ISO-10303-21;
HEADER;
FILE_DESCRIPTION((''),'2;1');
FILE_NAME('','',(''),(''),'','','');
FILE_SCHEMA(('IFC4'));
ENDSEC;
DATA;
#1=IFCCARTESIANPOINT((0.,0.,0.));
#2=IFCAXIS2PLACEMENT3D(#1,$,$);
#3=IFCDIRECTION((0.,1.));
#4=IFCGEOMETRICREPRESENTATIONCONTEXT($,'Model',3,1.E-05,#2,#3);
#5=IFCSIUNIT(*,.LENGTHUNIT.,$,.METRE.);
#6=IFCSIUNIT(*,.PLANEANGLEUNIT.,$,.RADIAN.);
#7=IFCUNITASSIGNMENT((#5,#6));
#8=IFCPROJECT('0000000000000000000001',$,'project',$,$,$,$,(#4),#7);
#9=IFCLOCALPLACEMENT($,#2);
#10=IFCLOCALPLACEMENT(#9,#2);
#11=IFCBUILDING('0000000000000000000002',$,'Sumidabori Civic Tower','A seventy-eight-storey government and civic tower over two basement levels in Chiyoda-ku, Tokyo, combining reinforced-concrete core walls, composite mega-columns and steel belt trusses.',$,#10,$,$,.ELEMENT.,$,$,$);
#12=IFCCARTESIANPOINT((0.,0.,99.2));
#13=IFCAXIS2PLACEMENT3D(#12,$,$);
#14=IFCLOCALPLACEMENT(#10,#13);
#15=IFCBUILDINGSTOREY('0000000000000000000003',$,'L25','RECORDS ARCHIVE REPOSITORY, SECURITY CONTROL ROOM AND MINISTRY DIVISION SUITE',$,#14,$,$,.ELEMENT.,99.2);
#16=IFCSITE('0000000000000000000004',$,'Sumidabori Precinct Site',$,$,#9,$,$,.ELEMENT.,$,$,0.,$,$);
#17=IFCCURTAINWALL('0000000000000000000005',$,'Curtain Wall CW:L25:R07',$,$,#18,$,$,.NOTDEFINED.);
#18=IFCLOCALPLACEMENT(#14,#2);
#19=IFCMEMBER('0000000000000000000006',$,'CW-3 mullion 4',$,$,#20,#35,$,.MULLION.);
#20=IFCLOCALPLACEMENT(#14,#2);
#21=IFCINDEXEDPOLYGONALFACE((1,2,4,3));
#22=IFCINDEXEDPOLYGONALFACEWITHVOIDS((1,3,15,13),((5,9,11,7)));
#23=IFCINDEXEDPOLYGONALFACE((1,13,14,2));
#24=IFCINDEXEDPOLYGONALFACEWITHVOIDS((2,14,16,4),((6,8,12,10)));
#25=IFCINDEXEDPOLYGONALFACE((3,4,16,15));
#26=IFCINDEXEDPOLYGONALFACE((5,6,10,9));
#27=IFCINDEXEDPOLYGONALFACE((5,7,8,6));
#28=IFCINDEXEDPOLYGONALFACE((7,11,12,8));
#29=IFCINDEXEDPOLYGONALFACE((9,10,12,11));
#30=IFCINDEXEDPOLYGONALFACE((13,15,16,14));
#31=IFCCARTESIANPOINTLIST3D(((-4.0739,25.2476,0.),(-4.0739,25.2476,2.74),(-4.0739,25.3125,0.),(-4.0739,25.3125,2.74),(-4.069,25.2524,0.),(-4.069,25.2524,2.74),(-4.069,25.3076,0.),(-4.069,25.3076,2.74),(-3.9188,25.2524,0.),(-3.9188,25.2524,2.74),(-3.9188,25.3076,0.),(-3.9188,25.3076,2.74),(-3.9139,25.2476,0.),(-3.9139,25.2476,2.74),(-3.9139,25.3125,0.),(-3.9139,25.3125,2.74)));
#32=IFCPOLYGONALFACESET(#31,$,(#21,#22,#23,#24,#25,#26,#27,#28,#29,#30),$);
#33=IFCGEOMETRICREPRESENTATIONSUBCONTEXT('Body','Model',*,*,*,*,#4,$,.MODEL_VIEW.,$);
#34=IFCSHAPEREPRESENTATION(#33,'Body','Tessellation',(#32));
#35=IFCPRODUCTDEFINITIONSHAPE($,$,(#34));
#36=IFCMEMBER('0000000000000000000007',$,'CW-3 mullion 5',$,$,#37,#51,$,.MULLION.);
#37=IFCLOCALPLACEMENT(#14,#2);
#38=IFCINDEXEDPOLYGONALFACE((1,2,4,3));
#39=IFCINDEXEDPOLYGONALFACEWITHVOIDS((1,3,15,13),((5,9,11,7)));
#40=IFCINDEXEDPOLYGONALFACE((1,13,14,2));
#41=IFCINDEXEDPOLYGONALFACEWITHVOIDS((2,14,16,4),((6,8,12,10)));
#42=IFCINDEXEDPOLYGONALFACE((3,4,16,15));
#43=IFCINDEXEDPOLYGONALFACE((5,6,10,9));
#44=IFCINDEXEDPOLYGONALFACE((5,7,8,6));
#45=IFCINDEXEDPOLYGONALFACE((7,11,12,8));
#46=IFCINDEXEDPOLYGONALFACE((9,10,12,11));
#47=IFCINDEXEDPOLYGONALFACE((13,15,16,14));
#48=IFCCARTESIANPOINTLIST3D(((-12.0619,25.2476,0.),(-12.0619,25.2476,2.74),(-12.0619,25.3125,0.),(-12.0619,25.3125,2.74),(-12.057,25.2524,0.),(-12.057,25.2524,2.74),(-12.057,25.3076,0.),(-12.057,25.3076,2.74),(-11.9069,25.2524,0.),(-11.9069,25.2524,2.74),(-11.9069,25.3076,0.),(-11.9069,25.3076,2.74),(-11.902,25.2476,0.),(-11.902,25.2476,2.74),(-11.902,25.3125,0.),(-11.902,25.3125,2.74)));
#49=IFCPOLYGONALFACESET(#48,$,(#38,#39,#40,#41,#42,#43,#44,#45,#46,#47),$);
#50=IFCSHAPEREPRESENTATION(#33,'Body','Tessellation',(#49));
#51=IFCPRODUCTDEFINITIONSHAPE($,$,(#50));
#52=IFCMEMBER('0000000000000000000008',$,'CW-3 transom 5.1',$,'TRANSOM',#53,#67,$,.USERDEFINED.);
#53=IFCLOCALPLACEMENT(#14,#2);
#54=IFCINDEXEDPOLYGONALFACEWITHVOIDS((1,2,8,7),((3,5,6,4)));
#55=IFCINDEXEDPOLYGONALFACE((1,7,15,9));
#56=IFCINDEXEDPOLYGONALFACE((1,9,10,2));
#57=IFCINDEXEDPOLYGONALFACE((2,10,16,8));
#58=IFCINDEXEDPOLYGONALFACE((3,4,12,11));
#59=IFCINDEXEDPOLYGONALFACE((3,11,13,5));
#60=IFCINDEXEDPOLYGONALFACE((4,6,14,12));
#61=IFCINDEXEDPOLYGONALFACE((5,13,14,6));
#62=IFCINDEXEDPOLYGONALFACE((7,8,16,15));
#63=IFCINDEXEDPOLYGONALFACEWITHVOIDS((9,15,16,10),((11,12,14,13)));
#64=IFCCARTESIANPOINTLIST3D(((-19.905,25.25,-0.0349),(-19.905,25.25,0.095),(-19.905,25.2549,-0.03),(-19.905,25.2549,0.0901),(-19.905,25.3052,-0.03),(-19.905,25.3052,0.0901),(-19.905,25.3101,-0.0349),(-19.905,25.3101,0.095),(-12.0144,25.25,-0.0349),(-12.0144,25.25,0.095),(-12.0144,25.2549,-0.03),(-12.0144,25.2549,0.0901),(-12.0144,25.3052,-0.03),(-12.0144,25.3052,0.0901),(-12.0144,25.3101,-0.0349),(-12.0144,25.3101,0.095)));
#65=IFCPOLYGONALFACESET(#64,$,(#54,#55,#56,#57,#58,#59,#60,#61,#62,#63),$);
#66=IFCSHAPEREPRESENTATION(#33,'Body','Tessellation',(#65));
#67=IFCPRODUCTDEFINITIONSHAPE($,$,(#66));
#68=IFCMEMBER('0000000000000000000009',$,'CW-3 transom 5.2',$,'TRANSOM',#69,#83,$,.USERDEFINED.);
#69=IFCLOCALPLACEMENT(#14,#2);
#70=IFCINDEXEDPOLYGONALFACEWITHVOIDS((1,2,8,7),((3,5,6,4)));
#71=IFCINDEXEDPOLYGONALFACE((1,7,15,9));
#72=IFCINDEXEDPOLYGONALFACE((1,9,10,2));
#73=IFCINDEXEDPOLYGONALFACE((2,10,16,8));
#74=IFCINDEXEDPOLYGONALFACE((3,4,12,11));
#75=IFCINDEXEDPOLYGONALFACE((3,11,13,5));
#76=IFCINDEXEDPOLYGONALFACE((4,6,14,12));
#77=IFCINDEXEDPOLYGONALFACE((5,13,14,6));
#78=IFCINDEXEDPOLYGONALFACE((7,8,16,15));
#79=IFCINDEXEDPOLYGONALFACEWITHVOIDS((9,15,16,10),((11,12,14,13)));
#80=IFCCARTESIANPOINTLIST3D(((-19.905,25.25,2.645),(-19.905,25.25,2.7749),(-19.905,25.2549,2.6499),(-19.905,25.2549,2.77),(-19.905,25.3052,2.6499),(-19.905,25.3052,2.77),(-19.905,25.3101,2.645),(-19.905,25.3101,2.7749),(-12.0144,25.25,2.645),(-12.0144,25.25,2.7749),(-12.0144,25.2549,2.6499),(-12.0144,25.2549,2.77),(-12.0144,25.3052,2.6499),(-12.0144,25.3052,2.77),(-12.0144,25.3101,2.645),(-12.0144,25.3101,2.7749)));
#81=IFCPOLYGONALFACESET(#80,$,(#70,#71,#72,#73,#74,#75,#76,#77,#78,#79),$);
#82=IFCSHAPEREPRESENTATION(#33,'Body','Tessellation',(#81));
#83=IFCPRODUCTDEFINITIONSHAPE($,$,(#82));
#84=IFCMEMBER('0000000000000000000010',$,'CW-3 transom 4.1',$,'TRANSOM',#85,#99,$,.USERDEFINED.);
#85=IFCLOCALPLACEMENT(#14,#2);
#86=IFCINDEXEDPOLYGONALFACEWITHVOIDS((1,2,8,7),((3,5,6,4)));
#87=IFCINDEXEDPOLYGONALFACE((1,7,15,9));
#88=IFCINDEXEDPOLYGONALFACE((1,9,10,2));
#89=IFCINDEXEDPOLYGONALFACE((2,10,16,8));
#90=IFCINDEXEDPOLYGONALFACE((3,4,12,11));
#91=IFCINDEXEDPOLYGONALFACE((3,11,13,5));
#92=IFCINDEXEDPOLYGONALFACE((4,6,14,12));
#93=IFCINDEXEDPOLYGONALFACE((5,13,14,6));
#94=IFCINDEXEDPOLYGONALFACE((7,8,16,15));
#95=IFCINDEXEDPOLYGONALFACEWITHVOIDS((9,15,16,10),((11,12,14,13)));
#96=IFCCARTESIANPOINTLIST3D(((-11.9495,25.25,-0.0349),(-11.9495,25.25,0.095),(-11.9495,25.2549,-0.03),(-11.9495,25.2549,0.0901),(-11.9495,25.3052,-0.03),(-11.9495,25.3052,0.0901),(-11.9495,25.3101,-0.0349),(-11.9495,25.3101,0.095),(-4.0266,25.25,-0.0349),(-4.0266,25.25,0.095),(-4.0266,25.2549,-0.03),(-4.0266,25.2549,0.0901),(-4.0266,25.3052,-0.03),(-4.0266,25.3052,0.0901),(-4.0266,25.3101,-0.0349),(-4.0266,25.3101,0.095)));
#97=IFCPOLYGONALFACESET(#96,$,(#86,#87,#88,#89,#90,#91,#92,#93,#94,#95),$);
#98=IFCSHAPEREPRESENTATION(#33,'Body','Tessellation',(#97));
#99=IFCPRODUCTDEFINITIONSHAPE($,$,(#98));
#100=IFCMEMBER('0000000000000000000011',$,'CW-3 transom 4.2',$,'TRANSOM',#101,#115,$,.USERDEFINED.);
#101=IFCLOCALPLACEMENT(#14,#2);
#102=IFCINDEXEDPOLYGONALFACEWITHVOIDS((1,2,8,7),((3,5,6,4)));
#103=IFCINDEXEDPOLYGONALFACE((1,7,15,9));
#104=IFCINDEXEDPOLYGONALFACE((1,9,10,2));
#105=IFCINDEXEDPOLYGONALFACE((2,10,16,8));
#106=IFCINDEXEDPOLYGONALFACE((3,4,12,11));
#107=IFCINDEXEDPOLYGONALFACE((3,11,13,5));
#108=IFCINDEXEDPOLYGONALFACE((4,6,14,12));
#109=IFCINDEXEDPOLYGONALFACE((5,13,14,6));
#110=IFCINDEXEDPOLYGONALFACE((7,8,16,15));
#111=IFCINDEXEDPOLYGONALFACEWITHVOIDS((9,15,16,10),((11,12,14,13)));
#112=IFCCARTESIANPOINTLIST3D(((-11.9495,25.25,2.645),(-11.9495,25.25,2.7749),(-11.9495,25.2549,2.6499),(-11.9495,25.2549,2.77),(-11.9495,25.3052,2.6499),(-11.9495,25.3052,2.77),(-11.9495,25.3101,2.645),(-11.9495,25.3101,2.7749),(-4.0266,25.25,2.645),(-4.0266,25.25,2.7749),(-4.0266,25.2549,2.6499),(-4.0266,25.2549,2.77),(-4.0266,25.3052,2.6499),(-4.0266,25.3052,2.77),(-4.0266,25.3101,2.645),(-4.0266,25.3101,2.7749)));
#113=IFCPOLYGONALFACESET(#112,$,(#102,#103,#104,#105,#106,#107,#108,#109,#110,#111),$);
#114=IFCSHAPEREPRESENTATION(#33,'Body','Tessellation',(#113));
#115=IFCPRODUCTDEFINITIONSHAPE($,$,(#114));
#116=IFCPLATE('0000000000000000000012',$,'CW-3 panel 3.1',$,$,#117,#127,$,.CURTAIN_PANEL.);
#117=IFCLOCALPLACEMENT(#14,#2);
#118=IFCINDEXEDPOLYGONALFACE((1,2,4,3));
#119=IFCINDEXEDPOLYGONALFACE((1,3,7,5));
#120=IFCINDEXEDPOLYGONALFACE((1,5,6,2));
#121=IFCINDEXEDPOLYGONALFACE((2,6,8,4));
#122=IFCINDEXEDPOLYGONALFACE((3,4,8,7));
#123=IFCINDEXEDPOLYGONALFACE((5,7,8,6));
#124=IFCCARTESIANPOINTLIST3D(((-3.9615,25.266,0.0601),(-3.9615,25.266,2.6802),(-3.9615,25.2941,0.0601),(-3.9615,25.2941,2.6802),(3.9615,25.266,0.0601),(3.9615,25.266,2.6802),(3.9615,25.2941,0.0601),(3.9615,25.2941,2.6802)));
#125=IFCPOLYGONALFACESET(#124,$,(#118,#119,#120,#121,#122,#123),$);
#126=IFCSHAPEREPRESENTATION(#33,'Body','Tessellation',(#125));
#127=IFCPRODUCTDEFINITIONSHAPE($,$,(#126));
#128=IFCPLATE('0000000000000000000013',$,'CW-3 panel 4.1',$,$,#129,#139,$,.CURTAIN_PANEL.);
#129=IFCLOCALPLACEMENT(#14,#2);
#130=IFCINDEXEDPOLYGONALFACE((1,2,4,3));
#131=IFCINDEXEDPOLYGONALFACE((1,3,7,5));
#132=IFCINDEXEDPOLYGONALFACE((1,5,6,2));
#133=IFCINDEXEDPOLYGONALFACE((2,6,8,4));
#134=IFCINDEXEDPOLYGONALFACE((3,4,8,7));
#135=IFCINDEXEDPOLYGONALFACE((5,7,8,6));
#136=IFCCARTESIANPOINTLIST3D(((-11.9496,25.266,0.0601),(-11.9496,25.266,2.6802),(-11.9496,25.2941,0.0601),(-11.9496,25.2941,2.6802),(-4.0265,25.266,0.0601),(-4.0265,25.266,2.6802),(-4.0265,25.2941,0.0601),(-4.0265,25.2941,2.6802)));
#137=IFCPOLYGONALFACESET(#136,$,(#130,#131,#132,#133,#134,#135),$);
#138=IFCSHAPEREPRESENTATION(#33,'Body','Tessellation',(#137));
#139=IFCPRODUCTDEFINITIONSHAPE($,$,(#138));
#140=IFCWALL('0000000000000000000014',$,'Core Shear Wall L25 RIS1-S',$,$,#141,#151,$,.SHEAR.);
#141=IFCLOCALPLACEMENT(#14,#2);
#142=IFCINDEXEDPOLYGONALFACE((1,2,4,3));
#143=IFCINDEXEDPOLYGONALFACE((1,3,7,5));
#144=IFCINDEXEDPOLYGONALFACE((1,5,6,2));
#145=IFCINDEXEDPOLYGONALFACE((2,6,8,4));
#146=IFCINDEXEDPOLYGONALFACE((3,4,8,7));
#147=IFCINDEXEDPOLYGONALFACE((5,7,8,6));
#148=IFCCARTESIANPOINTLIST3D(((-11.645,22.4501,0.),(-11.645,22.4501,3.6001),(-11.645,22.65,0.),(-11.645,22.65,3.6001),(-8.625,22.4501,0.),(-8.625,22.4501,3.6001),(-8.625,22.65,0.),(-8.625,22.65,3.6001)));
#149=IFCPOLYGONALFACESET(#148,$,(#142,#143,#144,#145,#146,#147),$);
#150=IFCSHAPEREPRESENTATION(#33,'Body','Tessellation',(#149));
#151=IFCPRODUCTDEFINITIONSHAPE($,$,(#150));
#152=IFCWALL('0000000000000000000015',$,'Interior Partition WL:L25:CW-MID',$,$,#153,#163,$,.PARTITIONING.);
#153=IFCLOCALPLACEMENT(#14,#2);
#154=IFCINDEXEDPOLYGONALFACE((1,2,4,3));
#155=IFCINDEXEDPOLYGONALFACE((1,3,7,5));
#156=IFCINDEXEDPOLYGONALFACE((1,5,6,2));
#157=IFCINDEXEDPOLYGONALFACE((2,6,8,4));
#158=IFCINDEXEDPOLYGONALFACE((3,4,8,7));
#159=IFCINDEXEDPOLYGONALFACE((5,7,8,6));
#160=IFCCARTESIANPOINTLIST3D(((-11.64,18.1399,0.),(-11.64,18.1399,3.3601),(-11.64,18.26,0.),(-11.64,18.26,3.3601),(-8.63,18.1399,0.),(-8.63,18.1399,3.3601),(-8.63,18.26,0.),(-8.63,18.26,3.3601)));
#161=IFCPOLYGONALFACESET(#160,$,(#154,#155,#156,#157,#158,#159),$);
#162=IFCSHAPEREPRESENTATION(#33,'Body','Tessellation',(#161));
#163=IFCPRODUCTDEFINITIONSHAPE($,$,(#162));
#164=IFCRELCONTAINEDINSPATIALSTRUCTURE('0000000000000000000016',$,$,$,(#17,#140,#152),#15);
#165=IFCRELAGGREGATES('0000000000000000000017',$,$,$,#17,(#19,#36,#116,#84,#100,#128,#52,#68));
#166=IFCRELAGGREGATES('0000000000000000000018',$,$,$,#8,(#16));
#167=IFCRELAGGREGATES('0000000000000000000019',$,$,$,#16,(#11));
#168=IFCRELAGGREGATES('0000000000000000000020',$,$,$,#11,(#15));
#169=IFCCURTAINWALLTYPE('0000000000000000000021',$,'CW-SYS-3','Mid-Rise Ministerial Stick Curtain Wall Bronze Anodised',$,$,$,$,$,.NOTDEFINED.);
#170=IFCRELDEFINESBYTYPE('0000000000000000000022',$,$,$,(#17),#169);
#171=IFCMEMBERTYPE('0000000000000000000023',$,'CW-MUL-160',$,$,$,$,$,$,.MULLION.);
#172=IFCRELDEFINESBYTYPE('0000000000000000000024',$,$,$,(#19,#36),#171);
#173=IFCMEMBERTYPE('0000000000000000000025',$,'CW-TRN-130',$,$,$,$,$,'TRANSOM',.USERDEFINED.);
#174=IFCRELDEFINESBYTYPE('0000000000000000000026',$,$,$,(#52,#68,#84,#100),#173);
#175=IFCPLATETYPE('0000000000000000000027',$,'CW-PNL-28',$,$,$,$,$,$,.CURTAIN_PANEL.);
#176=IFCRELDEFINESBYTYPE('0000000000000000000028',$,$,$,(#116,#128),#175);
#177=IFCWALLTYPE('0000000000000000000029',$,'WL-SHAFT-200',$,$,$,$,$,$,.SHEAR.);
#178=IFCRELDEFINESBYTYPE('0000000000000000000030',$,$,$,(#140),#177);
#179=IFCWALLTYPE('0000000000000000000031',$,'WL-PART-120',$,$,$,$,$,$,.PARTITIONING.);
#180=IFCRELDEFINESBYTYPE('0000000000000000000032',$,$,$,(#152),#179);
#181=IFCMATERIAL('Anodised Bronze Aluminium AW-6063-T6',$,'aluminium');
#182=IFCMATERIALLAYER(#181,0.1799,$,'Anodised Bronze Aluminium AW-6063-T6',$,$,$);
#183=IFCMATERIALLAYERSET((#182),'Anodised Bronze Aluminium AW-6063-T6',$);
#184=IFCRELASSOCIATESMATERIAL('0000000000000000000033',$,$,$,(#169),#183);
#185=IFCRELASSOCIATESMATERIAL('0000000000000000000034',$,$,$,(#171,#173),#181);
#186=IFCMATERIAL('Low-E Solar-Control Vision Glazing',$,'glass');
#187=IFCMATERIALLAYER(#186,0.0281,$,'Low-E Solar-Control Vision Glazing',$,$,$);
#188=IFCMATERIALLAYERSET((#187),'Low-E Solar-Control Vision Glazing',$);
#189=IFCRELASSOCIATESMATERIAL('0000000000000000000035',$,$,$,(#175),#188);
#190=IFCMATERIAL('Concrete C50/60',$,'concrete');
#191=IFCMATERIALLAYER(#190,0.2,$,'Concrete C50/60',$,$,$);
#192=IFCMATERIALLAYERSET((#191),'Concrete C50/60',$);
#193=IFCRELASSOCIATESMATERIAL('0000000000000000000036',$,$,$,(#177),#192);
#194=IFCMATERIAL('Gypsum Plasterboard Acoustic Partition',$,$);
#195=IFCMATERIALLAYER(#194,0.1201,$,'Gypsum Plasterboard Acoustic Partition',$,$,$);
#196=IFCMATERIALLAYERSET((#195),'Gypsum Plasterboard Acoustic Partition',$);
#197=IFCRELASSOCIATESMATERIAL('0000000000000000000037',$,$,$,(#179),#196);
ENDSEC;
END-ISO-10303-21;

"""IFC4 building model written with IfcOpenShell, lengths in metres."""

from ifc_helpers import new_model, si_unit, direction, frame, frame_2d, origin, origin_2d, place, context, subcontext, project, spatial, rectangle, hollow_rectangle, extrude, source, transform, mapped, material, layer, layer_set, material_profile, profile_set, type_object, element, aggregate, save


model = new_model("IFC4")

# Units and contexts
model_context = context("Model", 3, precision=1e-05, world=origin(), true_north=direction((0.0, 1.0)))
body_context = subcontext(model_context, "Body", "Model", "MODEL_VIEW")
ifc_project = project(units=[si_unit("LENGTHUNIT", "METRE"), si_unit("PLANEANGLEUNIT", "RADIAN")], contexts=[model_context])

# Site, building, storey
site_placement = place(None, origin())
site = spatial("IfcSite", under=ifc_project, at=site_placement, Name="Sumidabori Precinct Site", CompositionType="ELEMENT", RefElevation=0.0)
building_placement = place(site_placement, origin())
building = spatial("IfcBuilding", under=site, at=building_placement, Name="Sumidabori Civic Tower", Description="A seventy-eight-storey government and civic tower over two basement levels in Chiyoda-ku, Tokyo, combining reinforced-concrete core walls, composite mega-columns and steel belt trusses.", CompositionType="ELEMENT")
storey_placement = place(building_placement, frame((0.0, 0.0, 99.2)))
storey = spatial("IfcBuildingStorey", under=building, at=storey_placement, Name="L25", Description="RECORDS ARCHIVE REPOSITORY, SECURITY CONTROL ROOM AND MINISTRY DIVISION SUITE", CompositionType="ELEMENT", Elevation=99.2)

# Curtain wall, members, plates
ifc_material_1 = material(Name="Anodised Bronze Aluminium AW-6063-T6", Category="aluminium")
ifc_layer_1 = layer(ifc_material_1, 0.1799, Name="Anodised Bronze Aluminium AW-6063-T6")
ifc_layer_set_1 = layer_set([ifc_layer_1], Name="Anodised Bronze Aluminium AW-6063-T6")
curtain_wall_type = type_object("IfcCurtainWallType", Name="CW-SYS-3", Description="Mid-Rise Ministerial Stick Curtain Wall Bronze Anodised", PredefinedType="NOTDEFINED", material=ifc_layer_set_1)
curtain_wall_placement = place(storey_placement, origin())
curtain_wall = element("IfcCurtainWall", 1, at=curtain_wall_placement, inside=storey, type_object=curtain_wall_type, Name="Curtain Wall CW:L25:R07", PredefinedType="NOTDEFINED")
ifc_material_profile_1 = material_profile(ifc_material_1, hollow_rectangle(XDim=0.0649, YDim=0.1599, WallThickness=0.0049, at=origin_2d()), Name="ALU MULLION 160x65")
ifc_profile_set_1 = profile_set([ifc_material_profile_1], Name="Anodised Bronze Aluminium AW-6063-T6")
member_type_1 = type_object("IfcMemberType", Name="CW-MUL-160", PredefinedType="MULLION", material=ifc_profile_set_1)
shared_shape_1 = source(origin(), body_context, "Body", "SweptSolid", [
    extrude(hollow_rectangle(XDim=0.0649, YDim=0.1599, WallThickness=0.0049, at=origin_2d()), origin(), (0.0, 0.0, 1.0), 2.74),
])
member_1_placement = place(storey_placement, frame((-3.9939, 25.28, 0.0), z_axis=(0.0, 0.0, 1.0), x_axis=(0.0, -1.0, 0.0)))
member_1 = element("IfcMember", 2, at=member_1_placement, type_object=member_type_1, Name="CW-3 mullion 4", PredefinedType="MULLION", context=body_context, shape_type="MappedRepresentation", body=[
    mapped(shared_shape_1, transform((0.0, 0.0, 0.0), x_axis=(1.0, 0.0, 0.0), y_axis=(0.0, 1.0, 0.0), z_axis=(0.0, 0.0, 1.0), scale=1.0)),
])
member_2_placement = place(storey_placement, frame((-11.9819, 25.28, 0.0), z_axis=(0.0, 0.0, 1.0), x_axis=(0.0, -1.0, 0.0)))
member_2 = element("IfcMember", 3, at=member_2_placement, type_object=member_type_1, Name="CW-3 mullion 5", PredefinedType="MULLION", context=body_context, shape_type="MappedRepresentation", body=[
    mapped(shared_shape_1, transform((0.0, 0.0, 0.0), x_axis=(1.0, 0.0, 0.0), y_axis=(0.0, 1.0, 0.0), z_axis=(0.0, 0.0, 1.0), scale=1.0)),
])
ifc_material_profile_2 = material_profile(ifc_material_1, hollow_rectangle(XDim=0.0601, YDim=0.1299, WallThickness=0.0049, at=origin_2d()), Name="ALU TRANSOM 130x60")
ifc_profile_set_2 = profile_set([ifc_material_profile_2], Name="Anodised Bronze Aluminium AW-6063-T6")
member_type_2 = type_object("IfcMemberType", Name="CW-TRN-130", ElementType="TRANSOM", PredefinedType="USERDEFINED", material=ifc_profile_set_2)
shared_shape_2 = source(origin(), body_context, "Body", "SweptSolid", [
    extrude(hollow_rectangle(XDim=0.0601, YDim=0.1299, WallThickness=0.0049, at=origin_2d()), origin(), (0.0, 0.0, 1.0), 7.8906),
])
member_3_placement = place(storey_placement, frame((-12.0144, 25.28, 0.03), z_axis=(-1.0, 0.0, 0.0), x_axis=(0.0, -1.0, 0.0)))
member_3 = element("IfcMember", 4, at=member_3_placement, type_object=member_type_2, Name="CW-3 transom 5.1", ObjectType="TRANSOM", PredefinedType="USERDEFINED", context=body_context, shape_type="MappedRepresentation", body=[
    mapped(shared_shape_2, transform((0.0, 0.0, 0.0), x_axis=(1.0, 0.0, 0.0), y_axis=(0.0, 1.0, 0.0), z_axis=(0.0, 0.0, 1.0), scale=1.0)),
])
member_4_placement = place(storey_placement, frame((-12.0144, 25.28, 2.71), z_axis=(-1.0, 0.0, 0.0), x_axis=(0.0, -1.0, 0.0)))
member_4 = element("IfcMember", 5, at=member_4_placement, type_object=member_type_2, Name="CW-3 transom 5.2", ObjectType="TRANSOM", PredefinedType="USERDEFINED", context=body_context, shape_type="MappedRepresentation", body=[
    mapped(shared_shape_2, transform((0.0, 0.0, 0.0), x_axis=(1.0, 0.0, 0.0), y_axis=(0.0, 1.0, 0.0), z_axis=(0.0, 0.0, 1.0), scale=1.0)),
])
shared_shape_3 = source(origin(), body_context, "Body", "SweptSolid", [
    extrude(hollow_rectangle(XDim=0.0601, YDim=0.1299, WallThickness=0.0049, at=origin_2d()), origin(), (0.0, 0.0, 1.0), 7.9229),
])
member_5_placement = place(storey_placement, frame((-4.0266, 25.28, 0.03), z_axis=(-1.0, 0.0, 0.0), x_axis=(0.0, -1.0, 0.0)))
member_5 = element("IfcMember", 6, at=member_5_placement, type_object=member_type_2, Name="CW-3 transom 4.1", ObjectType="TRANSOM", PredefinedType="USERDEFINED", context=body_context, shape_type="MappedRepresentation", body=[
    mapped(shared_shape_3, transform((0.0, 0.0, 0.0), x_axis=(1.0, 0.0, 0.0), y_axis=(0.0, 1.0, 0.0), z_axis=(0.0, 0.0, 1.0), scale=1.0)),
])
member_6_placement = place(storey_placement, frame((-4.0266, 25.28, 2.71), z_axis=(-1.0, 0.0, 0.0), x_axis=(0.0, -1.0, 0.0)))
member_6 = element("IfcMember", 7, at=member_6_placement, type_object=member_type_2, Name="CW-3 transom 4.2", ObjectType="TRANSOM", PredefinedType="USERDEFINED", context=body_context, shape_type="MappedRepresentation", body=[
    mapped(shared_shape_3, transform((0.0, 0.0, 0.0), x_axis=(1.0, 0.0, 0.0), y_axis=(0.0, 1.0, 0.0), z_axis=(0.0, 0.0, 1.0), scale=1.0)),
])
ifc_material_2 = material(Name="Low-E Solar-Control Vision Glazing", Category="glass")
ifc_layer_2 = layer(ifc_material_2, 0.0281, Name="Low-E Solar-Control Vision Glazing")
ifc_layer_set_2 = layer_set([ifc_layer_2], Name="Low-E Solar-Control Vision Glazing")
plate_type = type_object("IfcPlateType", Name="CW-PNL-28", PredefinedType="CURTAIN_PANEL", material=ifc_layer_set_2)
shared_shape_4 = source(origin(), body_context, "Body", "SweptSolid", [
    extrude(rectangle(XDim=7.9231, YDim=0.0281, at=origin_2d()), origin(), (0.0, 0.0, 1.0), 2.6201),
])
plate_1_placement = place(storey_placement, frame((0.0, 25.28, 0.0601), z_axis=(0.0, 0.0, 1.0), x_axis=(-1.0, 0.0, 0.0)))
plate_1 = element("IfcPlate", 8, at=plate_1_placement, type_object=plate_type, Name="CW-3 panel 3.1", PredefinedType="CURTAIN_PANEL", context=body_context, shape_type="MappedRepresentation", body=[
    mapped(shared_shape_4, transform((0.0, 0.0, 0.0), x_axis=(1.0, 0.0, 0.0), y_axis=(0.0, 1.0, 0.0), z_axis=(0.0, 0.0, 1.0), scale=1.0)),
])
plate_2_placement = place(storey_placement, frame((-7.988, 25.28, 0.0601), z_axis=(0.0, 0.0, 1.0), x_axis=(-1.0, 0.0, 0.0)))
plate_2 = element("IfcPlate", 9, at=plate_2_placement, type_object=plate_type, Name="CW-3 panel 4.1", PredefinedType="CURTAIN_PANEL", context=body_context, shape_type="MappedRepresentation", body=[
    mapped(shared_shape_4, transform((0.0, 0.0, 0.0), x_axis=(1.0, 0.0, 0.0), y_axis=(0.0, 1.0, 0.0), z_axis=(0.0, 0.0, 1.0), scale=1.0)),
])
aggregate(curtain_wall, [member_1, member_2, plate_1, member_5, member_6, plate_2, member_3, member_4])

# Wall
ifc_material_3 = material(Name="Concrete C50/60", Category="concrete")
ifc_layer_3 = layer(ifc_material_3, 0.2, Name="Concrete C50/60")
ifc_layer_set_3 = layer_set([ifc_layer_3], Name="Concrete C50/60")
wall_type_1 = type_object("IfcWallType", Name="WL-SHAFT-200", PredefinedType="SHEAR", material=ifc_layer_set_3)
shared_shape_5 = source(origin(), body_context, "Body", "SweptSolid", [
    extrude(rectangle(XDim=3.02, YDim=0.2, at=frame_2d((1.51, 0.0))), origin(), (0.0, 0.0, 1.0), 3.6001),
])
wall_1_placement = place(storey_placement, frame((-11.645, 22.55, 0.0), z_axis=(0.0, 0.0, 1.0), x_axis=(1.0, 0.0, 0.0)))
element("IfcWall", 10, at=wall_1_placement, inside=storey, type_object=wall_type_1, Name="Core Shear Wall L25 RIS1-S", PredefinedType="SHEAR", context=body_context, shape_type="MappedRepresentation", body=[
    mapped(shared_shape_5, transform((0.0, 0.0, 0.0), x_axis=(1.0, 0.0, 0.0), y_axis=(0.0, 1.0, 0.0), z_axis=(0.0, 0.0, 1.0), scale=1.0)),
])

# Shared definitions
ifc_material_4 = material(Name="Gypsum Plasterboard Acoustic Partition")

# Wall
ifc_layer_4 = layer(ifc_material_4, 0.1201, Name="Gypsum Plasterboard Acoustic Partition")
ifc_layer_set_4 = layer_set([ifc_layer_4], Name="Gypsum Plasterboard Acoustic Partition")
wall_type_2 = type_object("IfcWallType", Name="WL-PART-120", PredefinedType="PARTITIONING", material=ifc_layer_set_4)
shared_shape_6 = source(origin(), body_context, "Body", "SweptSolid", [
    extrude(rectangle(XDim=3.01, YDim=0.1201, at=frame_2d((1.5049, 0.0))), origin(), (0.0, 0.0, 1.0), 3.3601),
])
wall_2_placement = place(storey_placement, frame((-11.6399, 18.2, 0.0), z_axis=(0.0, 0.0, 1.0), x_axis=(1.0, 0.0, 0.0)))
element("IfcWall", 11, at=wall_2_placement, inside=storey, type_object=wall_type_2, Name="Interior Partition WL:L25:CW-MID", PredefinedType="PARTITIONING", context=body_context, shape_type="MappedRepresentation", body=[
    mapped(shared_shape_6, transform((0.0, 0.0, 0.0), x_axis=(1.0, 0.0, 0.0), y_axis=(0.0, 1.0, 0.0), z_axis=(0.0, 0.0, 1.0), scale=1.0)),
])

save(model, "model.ifc")
